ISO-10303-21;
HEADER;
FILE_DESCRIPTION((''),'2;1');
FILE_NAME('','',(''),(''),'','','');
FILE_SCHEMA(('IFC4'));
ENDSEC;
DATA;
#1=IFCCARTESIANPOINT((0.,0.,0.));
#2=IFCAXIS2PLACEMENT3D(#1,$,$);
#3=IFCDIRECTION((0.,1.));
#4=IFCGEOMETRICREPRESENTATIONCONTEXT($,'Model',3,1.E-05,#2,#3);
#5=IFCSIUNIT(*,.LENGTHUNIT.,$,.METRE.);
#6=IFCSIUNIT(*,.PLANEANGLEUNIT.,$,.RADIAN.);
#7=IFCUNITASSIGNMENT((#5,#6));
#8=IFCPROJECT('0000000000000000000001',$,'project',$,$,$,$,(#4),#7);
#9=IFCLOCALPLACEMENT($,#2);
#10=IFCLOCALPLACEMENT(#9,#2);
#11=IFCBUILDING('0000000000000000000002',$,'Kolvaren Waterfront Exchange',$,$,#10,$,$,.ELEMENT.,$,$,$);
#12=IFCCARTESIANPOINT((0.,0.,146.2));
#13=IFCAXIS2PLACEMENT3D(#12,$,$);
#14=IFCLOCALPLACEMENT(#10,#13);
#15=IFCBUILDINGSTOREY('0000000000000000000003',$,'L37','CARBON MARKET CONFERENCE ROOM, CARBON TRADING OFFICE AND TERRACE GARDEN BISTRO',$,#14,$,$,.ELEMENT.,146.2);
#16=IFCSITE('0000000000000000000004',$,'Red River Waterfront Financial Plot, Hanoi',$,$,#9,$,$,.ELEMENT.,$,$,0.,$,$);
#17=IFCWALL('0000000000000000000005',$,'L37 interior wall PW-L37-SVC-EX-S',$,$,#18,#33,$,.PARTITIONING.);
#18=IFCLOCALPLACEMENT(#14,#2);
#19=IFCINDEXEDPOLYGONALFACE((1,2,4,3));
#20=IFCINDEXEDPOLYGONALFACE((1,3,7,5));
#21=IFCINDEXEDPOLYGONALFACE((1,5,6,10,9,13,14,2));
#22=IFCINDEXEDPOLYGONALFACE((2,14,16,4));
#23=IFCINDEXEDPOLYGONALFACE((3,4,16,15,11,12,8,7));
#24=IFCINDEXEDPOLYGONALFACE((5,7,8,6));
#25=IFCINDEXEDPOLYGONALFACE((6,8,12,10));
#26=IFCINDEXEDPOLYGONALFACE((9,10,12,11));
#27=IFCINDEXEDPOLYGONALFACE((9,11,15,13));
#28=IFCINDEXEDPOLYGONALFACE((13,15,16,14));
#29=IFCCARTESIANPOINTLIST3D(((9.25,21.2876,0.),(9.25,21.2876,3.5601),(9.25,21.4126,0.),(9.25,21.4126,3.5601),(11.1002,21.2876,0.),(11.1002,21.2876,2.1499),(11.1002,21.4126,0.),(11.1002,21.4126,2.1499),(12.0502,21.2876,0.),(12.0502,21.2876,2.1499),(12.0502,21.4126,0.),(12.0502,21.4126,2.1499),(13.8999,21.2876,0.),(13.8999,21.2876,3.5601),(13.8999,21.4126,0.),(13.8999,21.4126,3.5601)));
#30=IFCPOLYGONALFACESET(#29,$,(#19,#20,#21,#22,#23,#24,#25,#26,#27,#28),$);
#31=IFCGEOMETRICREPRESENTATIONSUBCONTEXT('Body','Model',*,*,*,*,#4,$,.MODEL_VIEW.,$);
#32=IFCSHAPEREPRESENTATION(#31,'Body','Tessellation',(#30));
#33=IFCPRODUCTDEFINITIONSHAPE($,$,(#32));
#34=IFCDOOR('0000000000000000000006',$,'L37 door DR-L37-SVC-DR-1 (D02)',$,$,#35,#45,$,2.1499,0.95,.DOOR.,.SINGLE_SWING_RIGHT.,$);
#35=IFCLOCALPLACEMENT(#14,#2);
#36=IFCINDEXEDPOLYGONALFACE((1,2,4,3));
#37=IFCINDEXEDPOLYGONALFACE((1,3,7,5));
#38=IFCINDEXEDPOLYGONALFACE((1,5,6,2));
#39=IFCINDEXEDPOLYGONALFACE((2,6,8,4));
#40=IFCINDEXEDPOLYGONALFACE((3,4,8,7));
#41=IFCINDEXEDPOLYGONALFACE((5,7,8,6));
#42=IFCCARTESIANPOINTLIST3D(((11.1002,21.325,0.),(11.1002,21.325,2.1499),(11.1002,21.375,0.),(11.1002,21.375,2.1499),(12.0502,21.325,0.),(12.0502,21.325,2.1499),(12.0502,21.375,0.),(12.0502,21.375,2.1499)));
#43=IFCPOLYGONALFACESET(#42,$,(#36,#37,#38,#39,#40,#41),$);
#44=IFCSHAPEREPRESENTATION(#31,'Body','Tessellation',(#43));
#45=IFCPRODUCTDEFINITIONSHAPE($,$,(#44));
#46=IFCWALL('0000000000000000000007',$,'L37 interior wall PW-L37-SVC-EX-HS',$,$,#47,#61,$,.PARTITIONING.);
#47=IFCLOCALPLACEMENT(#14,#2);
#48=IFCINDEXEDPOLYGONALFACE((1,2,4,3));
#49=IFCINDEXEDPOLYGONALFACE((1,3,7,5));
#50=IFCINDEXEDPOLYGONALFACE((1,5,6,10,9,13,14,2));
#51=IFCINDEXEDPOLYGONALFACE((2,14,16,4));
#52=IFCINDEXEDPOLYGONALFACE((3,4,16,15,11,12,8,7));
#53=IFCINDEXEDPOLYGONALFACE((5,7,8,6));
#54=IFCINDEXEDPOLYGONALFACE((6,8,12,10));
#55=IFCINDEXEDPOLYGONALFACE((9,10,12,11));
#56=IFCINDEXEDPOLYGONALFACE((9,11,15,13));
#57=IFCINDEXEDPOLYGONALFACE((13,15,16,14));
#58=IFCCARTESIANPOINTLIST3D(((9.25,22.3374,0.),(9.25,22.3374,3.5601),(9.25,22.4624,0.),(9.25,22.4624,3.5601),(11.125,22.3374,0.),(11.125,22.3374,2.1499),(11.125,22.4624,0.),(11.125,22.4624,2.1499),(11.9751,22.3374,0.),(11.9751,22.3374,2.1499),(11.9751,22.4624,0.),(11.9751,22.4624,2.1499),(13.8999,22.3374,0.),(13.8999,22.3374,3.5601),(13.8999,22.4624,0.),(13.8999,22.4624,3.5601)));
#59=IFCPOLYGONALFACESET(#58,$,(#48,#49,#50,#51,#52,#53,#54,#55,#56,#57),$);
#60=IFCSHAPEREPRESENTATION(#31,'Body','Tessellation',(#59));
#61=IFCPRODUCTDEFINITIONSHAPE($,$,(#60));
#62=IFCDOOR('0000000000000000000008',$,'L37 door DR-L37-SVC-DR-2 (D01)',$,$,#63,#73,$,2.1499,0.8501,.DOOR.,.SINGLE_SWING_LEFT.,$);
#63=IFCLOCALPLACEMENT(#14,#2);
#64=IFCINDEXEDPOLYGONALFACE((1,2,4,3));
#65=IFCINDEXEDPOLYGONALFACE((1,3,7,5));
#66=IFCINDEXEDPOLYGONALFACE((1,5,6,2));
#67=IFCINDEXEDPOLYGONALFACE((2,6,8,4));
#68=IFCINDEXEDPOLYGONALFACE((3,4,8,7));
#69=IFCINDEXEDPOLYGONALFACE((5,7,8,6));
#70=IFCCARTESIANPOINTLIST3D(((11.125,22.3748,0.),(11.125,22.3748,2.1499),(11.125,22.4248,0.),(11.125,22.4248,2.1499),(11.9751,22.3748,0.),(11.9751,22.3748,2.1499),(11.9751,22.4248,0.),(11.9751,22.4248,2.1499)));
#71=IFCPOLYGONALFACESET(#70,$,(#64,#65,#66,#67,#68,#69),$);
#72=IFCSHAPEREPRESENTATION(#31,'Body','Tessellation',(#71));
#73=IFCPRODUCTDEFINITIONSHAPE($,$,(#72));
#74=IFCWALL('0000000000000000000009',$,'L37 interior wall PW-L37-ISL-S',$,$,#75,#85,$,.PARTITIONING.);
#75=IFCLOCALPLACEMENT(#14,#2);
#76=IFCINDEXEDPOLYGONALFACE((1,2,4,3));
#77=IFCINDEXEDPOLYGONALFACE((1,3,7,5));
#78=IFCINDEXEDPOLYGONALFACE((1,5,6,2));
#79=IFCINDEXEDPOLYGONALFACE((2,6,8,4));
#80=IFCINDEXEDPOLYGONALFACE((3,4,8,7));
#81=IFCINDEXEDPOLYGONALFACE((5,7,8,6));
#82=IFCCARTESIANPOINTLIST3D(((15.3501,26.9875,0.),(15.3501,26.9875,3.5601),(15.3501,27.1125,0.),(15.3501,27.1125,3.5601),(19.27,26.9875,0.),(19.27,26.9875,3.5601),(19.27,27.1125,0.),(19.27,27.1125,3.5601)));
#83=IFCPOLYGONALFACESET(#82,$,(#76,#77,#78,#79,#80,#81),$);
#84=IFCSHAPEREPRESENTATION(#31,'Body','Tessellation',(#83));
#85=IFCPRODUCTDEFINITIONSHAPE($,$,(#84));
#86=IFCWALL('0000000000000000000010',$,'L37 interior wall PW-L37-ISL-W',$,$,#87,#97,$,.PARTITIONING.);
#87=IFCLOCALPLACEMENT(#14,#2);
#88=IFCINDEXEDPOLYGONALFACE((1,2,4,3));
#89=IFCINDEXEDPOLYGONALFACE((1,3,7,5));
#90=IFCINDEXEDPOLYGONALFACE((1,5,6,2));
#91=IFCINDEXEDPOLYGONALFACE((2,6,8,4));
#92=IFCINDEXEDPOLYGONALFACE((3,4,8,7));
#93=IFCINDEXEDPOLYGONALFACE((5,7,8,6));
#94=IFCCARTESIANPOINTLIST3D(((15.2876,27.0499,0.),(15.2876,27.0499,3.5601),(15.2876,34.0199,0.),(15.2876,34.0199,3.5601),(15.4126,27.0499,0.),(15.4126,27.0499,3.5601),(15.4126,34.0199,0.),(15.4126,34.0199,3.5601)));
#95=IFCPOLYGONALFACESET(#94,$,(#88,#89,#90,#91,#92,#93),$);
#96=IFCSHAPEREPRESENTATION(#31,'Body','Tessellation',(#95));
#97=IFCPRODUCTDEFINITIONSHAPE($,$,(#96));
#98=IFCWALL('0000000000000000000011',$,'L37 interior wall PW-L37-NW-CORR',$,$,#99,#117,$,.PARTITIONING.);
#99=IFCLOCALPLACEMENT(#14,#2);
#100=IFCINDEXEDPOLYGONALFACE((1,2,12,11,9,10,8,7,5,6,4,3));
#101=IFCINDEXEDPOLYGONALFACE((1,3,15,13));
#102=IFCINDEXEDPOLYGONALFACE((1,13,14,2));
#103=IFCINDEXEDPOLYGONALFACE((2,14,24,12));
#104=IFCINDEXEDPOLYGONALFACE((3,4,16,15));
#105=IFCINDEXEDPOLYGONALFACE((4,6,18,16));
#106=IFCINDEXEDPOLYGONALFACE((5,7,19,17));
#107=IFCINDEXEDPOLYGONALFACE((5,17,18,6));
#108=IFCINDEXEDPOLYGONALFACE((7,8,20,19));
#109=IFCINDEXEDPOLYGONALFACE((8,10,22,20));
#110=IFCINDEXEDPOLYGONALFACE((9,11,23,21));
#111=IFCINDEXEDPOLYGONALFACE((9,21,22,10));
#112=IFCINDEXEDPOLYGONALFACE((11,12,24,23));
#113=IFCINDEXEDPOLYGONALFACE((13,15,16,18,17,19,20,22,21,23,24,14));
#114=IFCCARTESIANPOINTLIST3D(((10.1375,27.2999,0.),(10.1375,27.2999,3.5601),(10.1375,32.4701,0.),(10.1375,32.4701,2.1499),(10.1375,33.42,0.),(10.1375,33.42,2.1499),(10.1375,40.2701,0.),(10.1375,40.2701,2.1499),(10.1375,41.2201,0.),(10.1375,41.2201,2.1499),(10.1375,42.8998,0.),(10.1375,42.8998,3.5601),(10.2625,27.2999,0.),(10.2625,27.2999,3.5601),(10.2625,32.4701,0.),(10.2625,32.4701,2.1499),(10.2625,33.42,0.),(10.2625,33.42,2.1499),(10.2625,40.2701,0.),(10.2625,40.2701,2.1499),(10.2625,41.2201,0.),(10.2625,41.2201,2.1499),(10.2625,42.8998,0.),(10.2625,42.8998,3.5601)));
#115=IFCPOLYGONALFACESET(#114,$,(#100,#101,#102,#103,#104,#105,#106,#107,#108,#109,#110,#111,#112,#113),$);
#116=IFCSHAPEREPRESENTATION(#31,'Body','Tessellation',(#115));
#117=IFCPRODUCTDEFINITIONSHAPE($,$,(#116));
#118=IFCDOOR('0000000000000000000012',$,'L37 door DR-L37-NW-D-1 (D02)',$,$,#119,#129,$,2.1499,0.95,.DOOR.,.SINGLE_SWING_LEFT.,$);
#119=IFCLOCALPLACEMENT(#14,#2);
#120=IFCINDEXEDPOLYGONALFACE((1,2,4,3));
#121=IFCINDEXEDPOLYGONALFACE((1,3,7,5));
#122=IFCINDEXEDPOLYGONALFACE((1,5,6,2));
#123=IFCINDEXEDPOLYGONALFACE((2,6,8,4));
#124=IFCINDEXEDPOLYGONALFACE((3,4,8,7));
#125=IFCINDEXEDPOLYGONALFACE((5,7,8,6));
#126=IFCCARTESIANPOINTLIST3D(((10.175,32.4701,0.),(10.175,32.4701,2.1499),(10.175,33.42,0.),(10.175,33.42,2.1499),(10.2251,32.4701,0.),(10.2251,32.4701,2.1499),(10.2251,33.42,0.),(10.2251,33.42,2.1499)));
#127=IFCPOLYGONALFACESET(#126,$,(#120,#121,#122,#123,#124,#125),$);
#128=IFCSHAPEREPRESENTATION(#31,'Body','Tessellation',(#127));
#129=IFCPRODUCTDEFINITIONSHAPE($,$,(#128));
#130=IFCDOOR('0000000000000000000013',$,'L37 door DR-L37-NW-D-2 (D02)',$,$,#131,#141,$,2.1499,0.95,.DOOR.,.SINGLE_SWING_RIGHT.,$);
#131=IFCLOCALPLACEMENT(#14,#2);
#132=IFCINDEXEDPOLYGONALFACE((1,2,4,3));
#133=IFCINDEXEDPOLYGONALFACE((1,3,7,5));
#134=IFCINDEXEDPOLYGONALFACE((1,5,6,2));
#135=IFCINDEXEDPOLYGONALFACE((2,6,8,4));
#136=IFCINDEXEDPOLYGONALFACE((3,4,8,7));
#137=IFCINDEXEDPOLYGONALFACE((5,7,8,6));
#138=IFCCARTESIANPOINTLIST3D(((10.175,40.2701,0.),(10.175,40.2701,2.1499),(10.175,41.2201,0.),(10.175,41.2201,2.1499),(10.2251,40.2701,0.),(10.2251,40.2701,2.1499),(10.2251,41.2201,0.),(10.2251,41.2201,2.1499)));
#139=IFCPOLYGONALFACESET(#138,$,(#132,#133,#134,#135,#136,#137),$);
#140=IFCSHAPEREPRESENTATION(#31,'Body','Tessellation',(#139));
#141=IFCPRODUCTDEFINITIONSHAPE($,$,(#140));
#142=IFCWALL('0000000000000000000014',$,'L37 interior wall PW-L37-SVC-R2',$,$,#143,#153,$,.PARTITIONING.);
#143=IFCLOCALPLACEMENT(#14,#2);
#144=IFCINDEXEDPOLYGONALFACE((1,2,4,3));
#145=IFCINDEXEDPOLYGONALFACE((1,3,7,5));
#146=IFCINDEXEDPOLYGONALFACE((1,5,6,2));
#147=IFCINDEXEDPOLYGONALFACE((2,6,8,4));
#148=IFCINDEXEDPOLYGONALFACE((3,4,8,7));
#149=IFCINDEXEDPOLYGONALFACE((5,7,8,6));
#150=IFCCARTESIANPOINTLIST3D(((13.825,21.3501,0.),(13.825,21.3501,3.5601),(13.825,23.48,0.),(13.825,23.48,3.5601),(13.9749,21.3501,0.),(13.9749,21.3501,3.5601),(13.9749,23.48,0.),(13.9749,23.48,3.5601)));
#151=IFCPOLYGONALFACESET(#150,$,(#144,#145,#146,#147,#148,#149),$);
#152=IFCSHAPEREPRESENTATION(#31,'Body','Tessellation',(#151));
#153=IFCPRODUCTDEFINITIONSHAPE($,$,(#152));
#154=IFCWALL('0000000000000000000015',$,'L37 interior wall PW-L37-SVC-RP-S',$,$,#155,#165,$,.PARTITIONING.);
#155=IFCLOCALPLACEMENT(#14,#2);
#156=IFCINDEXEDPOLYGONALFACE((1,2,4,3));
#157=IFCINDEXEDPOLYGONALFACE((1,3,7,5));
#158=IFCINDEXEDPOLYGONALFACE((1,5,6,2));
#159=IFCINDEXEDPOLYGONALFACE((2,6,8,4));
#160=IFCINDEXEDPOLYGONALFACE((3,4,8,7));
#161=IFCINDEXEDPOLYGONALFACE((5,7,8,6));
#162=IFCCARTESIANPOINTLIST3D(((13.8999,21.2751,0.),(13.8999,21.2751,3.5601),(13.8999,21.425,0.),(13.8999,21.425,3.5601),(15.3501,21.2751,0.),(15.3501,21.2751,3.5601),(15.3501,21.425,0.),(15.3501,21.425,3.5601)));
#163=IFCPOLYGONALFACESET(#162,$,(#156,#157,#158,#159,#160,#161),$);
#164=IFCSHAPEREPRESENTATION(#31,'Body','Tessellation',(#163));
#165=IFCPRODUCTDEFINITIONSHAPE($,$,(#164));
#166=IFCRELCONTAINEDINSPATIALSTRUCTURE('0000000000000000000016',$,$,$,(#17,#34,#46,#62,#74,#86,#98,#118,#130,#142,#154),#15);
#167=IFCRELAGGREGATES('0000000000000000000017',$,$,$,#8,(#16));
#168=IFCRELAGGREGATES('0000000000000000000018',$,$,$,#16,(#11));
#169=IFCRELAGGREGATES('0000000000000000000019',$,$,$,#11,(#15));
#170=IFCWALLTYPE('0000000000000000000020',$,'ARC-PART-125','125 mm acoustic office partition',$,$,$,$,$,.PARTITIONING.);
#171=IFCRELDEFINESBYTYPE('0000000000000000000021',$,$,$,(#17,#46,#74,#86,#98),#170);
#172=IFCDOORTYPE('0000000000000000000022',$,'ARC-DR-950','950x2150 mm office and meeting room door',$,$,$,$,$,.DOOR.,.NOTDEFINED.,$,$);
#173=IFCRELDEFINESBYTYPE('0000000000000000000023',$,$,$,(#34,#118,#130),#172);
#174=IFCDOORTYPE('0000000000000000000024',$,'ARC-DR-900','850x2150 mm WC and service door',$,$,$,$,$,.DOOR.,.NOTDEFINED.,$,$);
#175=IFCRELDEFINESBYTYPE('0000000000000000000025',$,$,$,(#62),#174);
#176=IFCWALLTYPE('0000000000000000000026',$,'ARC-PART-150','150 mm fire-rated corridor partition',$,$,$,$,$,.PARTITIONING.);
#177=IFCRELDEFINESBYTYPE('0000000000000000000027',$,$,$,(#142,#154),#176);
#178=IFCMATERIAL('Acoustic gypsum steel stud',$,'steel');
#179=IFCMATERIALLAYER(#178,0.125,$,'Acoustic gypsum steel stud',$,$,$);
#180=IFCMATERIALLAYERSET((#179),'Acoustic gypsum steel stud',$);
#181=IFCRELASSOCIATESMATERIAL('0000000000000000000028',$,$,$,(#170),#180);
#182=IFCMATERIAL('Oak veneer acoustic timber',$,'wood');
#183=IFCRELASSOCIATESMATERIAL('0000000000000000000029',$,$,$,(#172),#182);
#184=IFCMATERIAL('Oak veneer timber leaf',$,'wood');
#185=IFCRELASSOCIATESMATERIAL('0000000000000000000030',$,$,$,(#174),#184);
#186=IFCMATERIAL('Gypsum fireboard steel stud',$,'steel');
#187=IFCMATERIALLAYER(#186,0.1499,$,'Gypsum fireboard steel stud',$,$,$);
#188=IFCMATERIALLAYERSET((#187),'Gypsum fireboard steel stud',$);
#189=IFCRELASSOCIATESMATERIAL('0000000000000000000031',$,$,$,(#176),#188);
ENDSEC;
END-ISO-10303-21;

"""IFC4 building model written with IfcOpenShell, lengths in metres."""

from ifc_helpers import new_model, si_unit, direction, frame, frame_2d, origin, place, context, subcontext, project, spatial, rectangle, extrude, material, layer, layer_set, type_object, element, fill, save


model = new_model("IFC4")

# Units and contexts
model_context = context("Model", 3, precision=1e-05, world=origin(), true_north=direction((0.0, 1.0)))
body_context = subcontext(model_context, "Body", "Model", "MODEL_VIEW")
ifc_project = project(units=[si_unit("LENGTHUNIT", "METRE"), si_unit("PLANEANGLEUNIT", "RADIAN")], contexts=[model_context])

# Site, building, storey
site_placement = place(None, origin())
site = spatial("IfcSite", under=ifc_project, at=site_placement, Name="Red River Waterfront Financial Plot, Hanoi", CompositionType="ELEMENT", RefElevation=0.0)
building_placement = place(site_placement, origin())
building = spatial("IfcBuilding", under=site, at=building_placement, Name="Kolvaren Waterfront Exchange", CompositionType="ELEMENT")
storey_placement = place(building_placement, frame((0.0, 0.0, 146.2)))
storey = spatial("IfcBuildingStorey", under=building, at=storey_placement, Name="L37", Description="CARBON MARKET CONFERENCE ROOM, CARBON TRADING OFFICE AND TERRACE GARDEN BISTRO", CompositionType="ELEMENT", Elevation=146.2)

# Walls, openings, doors
ifc_material_1 = material(Name="Acoustic gypsum steel stud", Category="steel")
ifc_layer_1 = layer(ifc_material_1, 0.125, Name="Acoustic gypsum steel stud")
ifc_layer_set_1 = layer_set([ifc_layer_1], Name="Acoustic gypsum steel stud")
wall_type_1 = type_object("IfcWallType", Name="ARC-PART-125", Description="125 mm acoustic office partition", PredefinedType="PARTITIONING", material=ifc_layer_set_1)
wall_1_placement = place(storey_placement, frame((9.25, 21.3501, 0.0), z_axis=(0.0, 0.0, 1.0), x_axis=(1.0, 0.0, 0.0)))
wall_1 = element("IfcWall", 1, at=wall_1_placement, inside=storey, type_object=wall_type_1, Name="L37 interior wall PW-L37-SVC-EX-S", PredefinedType="PARTITIONING", context=body_context, shape_type="SweptSolid", body=[
    extrude(rectangle(XDim=4.6499, YDim=0.125, at=frame_2d((2.325, 0.0))), origin(), (0.0, 0.0, 1.0), 3.5601),
])
opening_1_placement = place(wall_1_placement, frame((1.8501, 0.0, 0.0)))
opening_1 = element("IfcOpeningElement", 2, at=opening_1_placement, cuts=wall_1, PredefinedType="OPENING", context=body_context, shape_type="SweptSolid", body=[
    extrude(rectangle(XDim=0.95, YDim=2.1499, at=frame_2d((0.4751, 1.075))), frame((0.0, 0.0725, 0.0), z_axis=(0.0, -1.0, 0.0), x_axis=(1.0, 0.0, 0.0)), (0.0, 0.0, 1.0), 0.145),
])
ifc_material_2 = material(Name="Oak veneer acoustic timber", Category="wood")
door_type_1 = type_object("IfcDoorType", Name="ARC-DR-950", Description="950x2150 mm office and meeting room door", OperationType="NOTDEFINED", PredefinedType="DOOR", material=ifc_material_2)
door_1_placement = place(opening_1_placement, origin())
door_1 = element("IfcDoor", 3, at=door_1_placement, inside=storey, type_object=door_type_1, Name="L37 door DR-L37-SVC-DR-1 (D02)", OperationType="SINGLE_SWING_RIGHT", OverallHeight=2.1499, OverallWidth=0.95, PredefinedType="DOOR", context=body_context, shape_type="SweptSolid", body=[
    extrude(rectangle(XDim=0.95, YDim=2.1499, at=frame_2d((0.4751, 1.075))), frame((0.0, 0.0249, 0.0), z_axis=(0.0, -1.0, 0.0), x_axis=(1.0, 0.0, 0.0)), (0.0, 0.0, 1.0), 0.05),
])
fill(opening_1, door_1)
wall_2_placement = place(storey_placement, frame((9.25, 22.3999, 0.0), z_axis=(0.0, 0.0, 1.0), x_axis=(1.0, 0.0, 0.0)))
wall_2 = element("IfcWall", 4, at=wall_2_placement, inside=storey, type_object=wall_type_1, Name="L37 interior wall PW-L37-SVC-EX-HS", PredefinedType="PARTITIONING", context=body_context, shape_type="SweptSolid", body=[
    extrude(rectangle(XDim=4.6499, YDim=0.125, at=frame_2d((2.325, 0.0))), origin(), (0.0, 0.0, 1.0), 3.5601),
])
opening_2_placement = place(wall_2_placement, frame((1.875, 0.0, 0.0)))
opening_2 = element("IfcOpeningElement", 5, at=opening_2_placement, cuts=wall_2, PredefinedType="OPENING", context=body_context, shape_type="SweptSolid", body=[
    extrude(rectangle(XDim=0.8501, YDim=2.1499, at=frame_2d((0.425, 1.075))), frame((0.0, 0.0725, 0.0), z_axis=(0.0, -1.0, 0.0), x_axis=(1.0, 0.0, 0.0)), (0.0, 0.0, 1.0), 0.145),
])
ifc_material_3 = material(Name="Oak veneer timber leaf", Category="wood")
door_type_2 = type_object("IfcDoorType", Name="ARC-DR-900", Description="850x2150 mm WC and service door", OperationType="NOTDEFINED", PredefinedType="DOOR", material=ifc_material_3)
door_2_placement = place(opening_2_placement, origin())
door_2 = element("IfcDoor", 6, at=door_2_placement, inside=storey, type_object=door_type_2, Name="L37 door DR-L37-SVC-DR-2 (D01)", OperationType="SINGLE_SWING_LEFT", OverallHeight=2.1499, OverallWidth=0.8501, PredefinedType="DOOR", context=body_context, shape_type="SweptSolid", body=[
    extrude(rectangle(XDim=0.8501, YDim=2.1499, at=frame_2d((0.425, 1.075))), frame((0.0, 0.0249, 0.0), z_axis=(0.0, -1.0, 0.0), x_axis=(1.0, 0.0, 0.0)), (0.0, 0.0, 1.0), 0.05),
])
fill(opening_2, door_2)

# Walls
wall_3_placement = place(storey_placement, frame((15.3501, 27.05, 0.0), z_axis=(0.0, 0.0, 1.0), x_axis=(1.0, 0.0, 0.0)))
element("IfcWall", 7, at=wall_3_placement, inside=storey, type_object=wall_type_1, Name="L37 interior wall PW-L37-ISL-S", PredefinedType="PARTITIONING", context=body_context, shape_type="SweptSolid", body=[
    extrude(rectangle(XDim=3.9199, YDim=0.125, at=frame_2d((1.96, 0.0))), origin(), (0.0, 0.0, 1.0), 3.5601),
])
wall_4_placement = place(storey_placement, frame((15.3501, 27.05, 0.0), z_axis=(0.0, 0.0, 1.0), x_axis=(0.0, 1.0, 0.0)))
element("IfcWall", 8, at=wall_4_placement, inside=storey, type_object=wall_type_1, Name="L37 interior wall PW-L37-ISL-W", PredefinedType="PARTITIONING", context=body_context, shape_type="SweptSolid", body=[
    extrude(rectangle(XDim=6.97, YDim=0.125, at=frame_2d((3.4849, 0.0))), origin(), (0.0, 0.0, 1.0), 3.5601),
])

# Wall, openings, doors
wall_5_placement = place(storey_placement, frame((10.2, 27.3, 0.0), z_axis=(0.0, 0.0, 1.0), x_axis=(0.0, 1.0, 0.0)))
wall_5 = element("IfcWall", 9, at=wall_5_placement, inside=storey, type_object=wall_type_1, Name="L37 interior wall PW-L37-NW-CORR", PredefinedType="PARTITIONING", context=body_context, shape_type="SweptSolid", body=[
    extrude(rectangle(XDim=15.5999, YDim=0.125, at=frame_2d((7.7998, 0.0))), origin(), (0.0, 0.0, 1.0), 3.5601),
])
opening_3_placement = place(wall_5_placement, frame((5.1699, 0.0, 0.0)))
opening_3 = element("IfcOpeningElement", 10, at=opening_3_placement, cuts=wall_5, PredefinedType="OPENING", context=body_context, shape_type="SweptSolid", body=[
    extrude(rectangle(XDim=0.95, YDim=2.1499, at=frame_2d((0.4751, 1.075))), frame((0.0, 0.0725, 0.0), z_axis=(0.0, -1.0, 0.0), x_axis=(1.0, 0.0, 0.0)), (0.0, 0.0, 1.0), 0.145),
])
opening_4_placement = place(wall_5_placement, frame((12.97, 0.0, 0.0)))
opening_4 = element("IfcOpeningElement", 11, at=opening_4_placement, cuts=wall_5, PredefinedType="OPENING", context=body_context, shape_type="SweptSolid", body=[
    extrude(rectangle(XDim=0.95, YDim=2.1499, at=frame_2d((0.4751, 1.075))), frame((0.0, 0.0725, 0.0), z_axis=(0.0, -1.0, 0.0), x_axis=(1.0, 0.0, 0.0)), (0.0, 0.0, 1.0), 0.145),
])
door_3_placement = place(opening_3_placement, origin())
door_3 = element("IfcDoor", 12, at=door_3_placement, inside=storey, type_object=door_type_1, Name="L37 door DR-L37-NW-D-1 (D02)", OperationType="SINGLE_SWING_LEFT", OverallHeight=2.1499, OverallWidth=0.95, PredefinedType="DOOR", context=body_context, shape_type="SweptSolid", body=[
    extrude(rectangle(XDim=0.95, YDim=2.1499, at=frame_2d((0.4751, 1.075))), frame((0.0, 0.0249, 0.0), z_axis=(0.0, -1.0, 0.0), x_axis=(1.0, 0.0, 0.0)), (0.0, 0.0, 1.0), 0.05),
])
fill(opening_3, door_3)
door_4_placement = place(opening_4_placement, origin())
door_4 = element("IfcDoor", 13, at=door_4_placement, inside=storey, type_object=door_type_1, Name="L37 door DR-L37-NW-D-2 (D02)", OperationType="SINGLE_SWING_RIGHT", OverallHeight=2.1499, OverallWidth=0.95, PredefinedType="DOOR", context=body_context, shape_type="SweptSolid", body=[
    extrude(rectangle(XDim=0.95, YDim=2.1499, at=frame_2d((0.4751, 1.075))), frame((0.0, 0.0249, 0.0), z_axis=(0.0, -1.0, 0.0), x_axis=(1.0, 0.0, 0.0)), (0.0, 0.0, 1.0), 0.05),
])
fill(opening_4, door_4)

# Walls
ifc_material_4 = material(Name="Gypsum fireboard steel stud", Category="steel")
ifc_layer_2 = layer(ifc_material_4, 0.1499, Name="Gypsum fireboard steel stud")
ifc_layer_set_2 = layer_set([ifc_layer_2], Name="Gypsum fireboard steel stud")
wall_type_2 = type_object("IfcWallType", Name="ARC-PART-150", Description="150 mm fire-rated corridor partition", PredefinedType="PARTITIONING", material=ifc_layer_set_2)
wall_6_placement = place(storey_placement, frame((13.8999, 21.3501, 0.0), z_axis=(0.0, 0.0, 1.0), x_axis=(0.0, 1.0, 0.0)))
element("IfcWall", 14, at=wall_6_placement, inside=storey, type_object=wall_type_2, Name="L37 interior wall PW-L37-SVC-R2", PredefinedType="PARTITIONING", context=body_context, shape_type="SweptSolid", body=[
    extrude(rectangle(XDim=2.1299, YDim=0.1499, at=frame_2d((1.0649, 0.0))), origin(), (0.0, 0.0, 1.0), 3.5601),
])
wall_7_placement = place(storey_placement, frame((13.8999, 21.3501, 0.0), z_axis=(0.0, 0.0, 1.0), x_axis=(1.0, 0.0, 0.0)))
element("IfcWall", 15, at=wall_7_placement, inside=storey, type_object=wall_type_2, Name="L37 interior wall PW-L37-SVC-RP-S", PredefinedType="PARTITIONING", context=body_context, shape_type="SweptSolid", body=[
    extrude(rectangle(XDim=1.4502, YDim=0.1499, at=frame_2d((0.7251, 0.0))), origin(), (0.0, 0.0, 1.0), 3.5601),
])

save(model, "model.ifc")
